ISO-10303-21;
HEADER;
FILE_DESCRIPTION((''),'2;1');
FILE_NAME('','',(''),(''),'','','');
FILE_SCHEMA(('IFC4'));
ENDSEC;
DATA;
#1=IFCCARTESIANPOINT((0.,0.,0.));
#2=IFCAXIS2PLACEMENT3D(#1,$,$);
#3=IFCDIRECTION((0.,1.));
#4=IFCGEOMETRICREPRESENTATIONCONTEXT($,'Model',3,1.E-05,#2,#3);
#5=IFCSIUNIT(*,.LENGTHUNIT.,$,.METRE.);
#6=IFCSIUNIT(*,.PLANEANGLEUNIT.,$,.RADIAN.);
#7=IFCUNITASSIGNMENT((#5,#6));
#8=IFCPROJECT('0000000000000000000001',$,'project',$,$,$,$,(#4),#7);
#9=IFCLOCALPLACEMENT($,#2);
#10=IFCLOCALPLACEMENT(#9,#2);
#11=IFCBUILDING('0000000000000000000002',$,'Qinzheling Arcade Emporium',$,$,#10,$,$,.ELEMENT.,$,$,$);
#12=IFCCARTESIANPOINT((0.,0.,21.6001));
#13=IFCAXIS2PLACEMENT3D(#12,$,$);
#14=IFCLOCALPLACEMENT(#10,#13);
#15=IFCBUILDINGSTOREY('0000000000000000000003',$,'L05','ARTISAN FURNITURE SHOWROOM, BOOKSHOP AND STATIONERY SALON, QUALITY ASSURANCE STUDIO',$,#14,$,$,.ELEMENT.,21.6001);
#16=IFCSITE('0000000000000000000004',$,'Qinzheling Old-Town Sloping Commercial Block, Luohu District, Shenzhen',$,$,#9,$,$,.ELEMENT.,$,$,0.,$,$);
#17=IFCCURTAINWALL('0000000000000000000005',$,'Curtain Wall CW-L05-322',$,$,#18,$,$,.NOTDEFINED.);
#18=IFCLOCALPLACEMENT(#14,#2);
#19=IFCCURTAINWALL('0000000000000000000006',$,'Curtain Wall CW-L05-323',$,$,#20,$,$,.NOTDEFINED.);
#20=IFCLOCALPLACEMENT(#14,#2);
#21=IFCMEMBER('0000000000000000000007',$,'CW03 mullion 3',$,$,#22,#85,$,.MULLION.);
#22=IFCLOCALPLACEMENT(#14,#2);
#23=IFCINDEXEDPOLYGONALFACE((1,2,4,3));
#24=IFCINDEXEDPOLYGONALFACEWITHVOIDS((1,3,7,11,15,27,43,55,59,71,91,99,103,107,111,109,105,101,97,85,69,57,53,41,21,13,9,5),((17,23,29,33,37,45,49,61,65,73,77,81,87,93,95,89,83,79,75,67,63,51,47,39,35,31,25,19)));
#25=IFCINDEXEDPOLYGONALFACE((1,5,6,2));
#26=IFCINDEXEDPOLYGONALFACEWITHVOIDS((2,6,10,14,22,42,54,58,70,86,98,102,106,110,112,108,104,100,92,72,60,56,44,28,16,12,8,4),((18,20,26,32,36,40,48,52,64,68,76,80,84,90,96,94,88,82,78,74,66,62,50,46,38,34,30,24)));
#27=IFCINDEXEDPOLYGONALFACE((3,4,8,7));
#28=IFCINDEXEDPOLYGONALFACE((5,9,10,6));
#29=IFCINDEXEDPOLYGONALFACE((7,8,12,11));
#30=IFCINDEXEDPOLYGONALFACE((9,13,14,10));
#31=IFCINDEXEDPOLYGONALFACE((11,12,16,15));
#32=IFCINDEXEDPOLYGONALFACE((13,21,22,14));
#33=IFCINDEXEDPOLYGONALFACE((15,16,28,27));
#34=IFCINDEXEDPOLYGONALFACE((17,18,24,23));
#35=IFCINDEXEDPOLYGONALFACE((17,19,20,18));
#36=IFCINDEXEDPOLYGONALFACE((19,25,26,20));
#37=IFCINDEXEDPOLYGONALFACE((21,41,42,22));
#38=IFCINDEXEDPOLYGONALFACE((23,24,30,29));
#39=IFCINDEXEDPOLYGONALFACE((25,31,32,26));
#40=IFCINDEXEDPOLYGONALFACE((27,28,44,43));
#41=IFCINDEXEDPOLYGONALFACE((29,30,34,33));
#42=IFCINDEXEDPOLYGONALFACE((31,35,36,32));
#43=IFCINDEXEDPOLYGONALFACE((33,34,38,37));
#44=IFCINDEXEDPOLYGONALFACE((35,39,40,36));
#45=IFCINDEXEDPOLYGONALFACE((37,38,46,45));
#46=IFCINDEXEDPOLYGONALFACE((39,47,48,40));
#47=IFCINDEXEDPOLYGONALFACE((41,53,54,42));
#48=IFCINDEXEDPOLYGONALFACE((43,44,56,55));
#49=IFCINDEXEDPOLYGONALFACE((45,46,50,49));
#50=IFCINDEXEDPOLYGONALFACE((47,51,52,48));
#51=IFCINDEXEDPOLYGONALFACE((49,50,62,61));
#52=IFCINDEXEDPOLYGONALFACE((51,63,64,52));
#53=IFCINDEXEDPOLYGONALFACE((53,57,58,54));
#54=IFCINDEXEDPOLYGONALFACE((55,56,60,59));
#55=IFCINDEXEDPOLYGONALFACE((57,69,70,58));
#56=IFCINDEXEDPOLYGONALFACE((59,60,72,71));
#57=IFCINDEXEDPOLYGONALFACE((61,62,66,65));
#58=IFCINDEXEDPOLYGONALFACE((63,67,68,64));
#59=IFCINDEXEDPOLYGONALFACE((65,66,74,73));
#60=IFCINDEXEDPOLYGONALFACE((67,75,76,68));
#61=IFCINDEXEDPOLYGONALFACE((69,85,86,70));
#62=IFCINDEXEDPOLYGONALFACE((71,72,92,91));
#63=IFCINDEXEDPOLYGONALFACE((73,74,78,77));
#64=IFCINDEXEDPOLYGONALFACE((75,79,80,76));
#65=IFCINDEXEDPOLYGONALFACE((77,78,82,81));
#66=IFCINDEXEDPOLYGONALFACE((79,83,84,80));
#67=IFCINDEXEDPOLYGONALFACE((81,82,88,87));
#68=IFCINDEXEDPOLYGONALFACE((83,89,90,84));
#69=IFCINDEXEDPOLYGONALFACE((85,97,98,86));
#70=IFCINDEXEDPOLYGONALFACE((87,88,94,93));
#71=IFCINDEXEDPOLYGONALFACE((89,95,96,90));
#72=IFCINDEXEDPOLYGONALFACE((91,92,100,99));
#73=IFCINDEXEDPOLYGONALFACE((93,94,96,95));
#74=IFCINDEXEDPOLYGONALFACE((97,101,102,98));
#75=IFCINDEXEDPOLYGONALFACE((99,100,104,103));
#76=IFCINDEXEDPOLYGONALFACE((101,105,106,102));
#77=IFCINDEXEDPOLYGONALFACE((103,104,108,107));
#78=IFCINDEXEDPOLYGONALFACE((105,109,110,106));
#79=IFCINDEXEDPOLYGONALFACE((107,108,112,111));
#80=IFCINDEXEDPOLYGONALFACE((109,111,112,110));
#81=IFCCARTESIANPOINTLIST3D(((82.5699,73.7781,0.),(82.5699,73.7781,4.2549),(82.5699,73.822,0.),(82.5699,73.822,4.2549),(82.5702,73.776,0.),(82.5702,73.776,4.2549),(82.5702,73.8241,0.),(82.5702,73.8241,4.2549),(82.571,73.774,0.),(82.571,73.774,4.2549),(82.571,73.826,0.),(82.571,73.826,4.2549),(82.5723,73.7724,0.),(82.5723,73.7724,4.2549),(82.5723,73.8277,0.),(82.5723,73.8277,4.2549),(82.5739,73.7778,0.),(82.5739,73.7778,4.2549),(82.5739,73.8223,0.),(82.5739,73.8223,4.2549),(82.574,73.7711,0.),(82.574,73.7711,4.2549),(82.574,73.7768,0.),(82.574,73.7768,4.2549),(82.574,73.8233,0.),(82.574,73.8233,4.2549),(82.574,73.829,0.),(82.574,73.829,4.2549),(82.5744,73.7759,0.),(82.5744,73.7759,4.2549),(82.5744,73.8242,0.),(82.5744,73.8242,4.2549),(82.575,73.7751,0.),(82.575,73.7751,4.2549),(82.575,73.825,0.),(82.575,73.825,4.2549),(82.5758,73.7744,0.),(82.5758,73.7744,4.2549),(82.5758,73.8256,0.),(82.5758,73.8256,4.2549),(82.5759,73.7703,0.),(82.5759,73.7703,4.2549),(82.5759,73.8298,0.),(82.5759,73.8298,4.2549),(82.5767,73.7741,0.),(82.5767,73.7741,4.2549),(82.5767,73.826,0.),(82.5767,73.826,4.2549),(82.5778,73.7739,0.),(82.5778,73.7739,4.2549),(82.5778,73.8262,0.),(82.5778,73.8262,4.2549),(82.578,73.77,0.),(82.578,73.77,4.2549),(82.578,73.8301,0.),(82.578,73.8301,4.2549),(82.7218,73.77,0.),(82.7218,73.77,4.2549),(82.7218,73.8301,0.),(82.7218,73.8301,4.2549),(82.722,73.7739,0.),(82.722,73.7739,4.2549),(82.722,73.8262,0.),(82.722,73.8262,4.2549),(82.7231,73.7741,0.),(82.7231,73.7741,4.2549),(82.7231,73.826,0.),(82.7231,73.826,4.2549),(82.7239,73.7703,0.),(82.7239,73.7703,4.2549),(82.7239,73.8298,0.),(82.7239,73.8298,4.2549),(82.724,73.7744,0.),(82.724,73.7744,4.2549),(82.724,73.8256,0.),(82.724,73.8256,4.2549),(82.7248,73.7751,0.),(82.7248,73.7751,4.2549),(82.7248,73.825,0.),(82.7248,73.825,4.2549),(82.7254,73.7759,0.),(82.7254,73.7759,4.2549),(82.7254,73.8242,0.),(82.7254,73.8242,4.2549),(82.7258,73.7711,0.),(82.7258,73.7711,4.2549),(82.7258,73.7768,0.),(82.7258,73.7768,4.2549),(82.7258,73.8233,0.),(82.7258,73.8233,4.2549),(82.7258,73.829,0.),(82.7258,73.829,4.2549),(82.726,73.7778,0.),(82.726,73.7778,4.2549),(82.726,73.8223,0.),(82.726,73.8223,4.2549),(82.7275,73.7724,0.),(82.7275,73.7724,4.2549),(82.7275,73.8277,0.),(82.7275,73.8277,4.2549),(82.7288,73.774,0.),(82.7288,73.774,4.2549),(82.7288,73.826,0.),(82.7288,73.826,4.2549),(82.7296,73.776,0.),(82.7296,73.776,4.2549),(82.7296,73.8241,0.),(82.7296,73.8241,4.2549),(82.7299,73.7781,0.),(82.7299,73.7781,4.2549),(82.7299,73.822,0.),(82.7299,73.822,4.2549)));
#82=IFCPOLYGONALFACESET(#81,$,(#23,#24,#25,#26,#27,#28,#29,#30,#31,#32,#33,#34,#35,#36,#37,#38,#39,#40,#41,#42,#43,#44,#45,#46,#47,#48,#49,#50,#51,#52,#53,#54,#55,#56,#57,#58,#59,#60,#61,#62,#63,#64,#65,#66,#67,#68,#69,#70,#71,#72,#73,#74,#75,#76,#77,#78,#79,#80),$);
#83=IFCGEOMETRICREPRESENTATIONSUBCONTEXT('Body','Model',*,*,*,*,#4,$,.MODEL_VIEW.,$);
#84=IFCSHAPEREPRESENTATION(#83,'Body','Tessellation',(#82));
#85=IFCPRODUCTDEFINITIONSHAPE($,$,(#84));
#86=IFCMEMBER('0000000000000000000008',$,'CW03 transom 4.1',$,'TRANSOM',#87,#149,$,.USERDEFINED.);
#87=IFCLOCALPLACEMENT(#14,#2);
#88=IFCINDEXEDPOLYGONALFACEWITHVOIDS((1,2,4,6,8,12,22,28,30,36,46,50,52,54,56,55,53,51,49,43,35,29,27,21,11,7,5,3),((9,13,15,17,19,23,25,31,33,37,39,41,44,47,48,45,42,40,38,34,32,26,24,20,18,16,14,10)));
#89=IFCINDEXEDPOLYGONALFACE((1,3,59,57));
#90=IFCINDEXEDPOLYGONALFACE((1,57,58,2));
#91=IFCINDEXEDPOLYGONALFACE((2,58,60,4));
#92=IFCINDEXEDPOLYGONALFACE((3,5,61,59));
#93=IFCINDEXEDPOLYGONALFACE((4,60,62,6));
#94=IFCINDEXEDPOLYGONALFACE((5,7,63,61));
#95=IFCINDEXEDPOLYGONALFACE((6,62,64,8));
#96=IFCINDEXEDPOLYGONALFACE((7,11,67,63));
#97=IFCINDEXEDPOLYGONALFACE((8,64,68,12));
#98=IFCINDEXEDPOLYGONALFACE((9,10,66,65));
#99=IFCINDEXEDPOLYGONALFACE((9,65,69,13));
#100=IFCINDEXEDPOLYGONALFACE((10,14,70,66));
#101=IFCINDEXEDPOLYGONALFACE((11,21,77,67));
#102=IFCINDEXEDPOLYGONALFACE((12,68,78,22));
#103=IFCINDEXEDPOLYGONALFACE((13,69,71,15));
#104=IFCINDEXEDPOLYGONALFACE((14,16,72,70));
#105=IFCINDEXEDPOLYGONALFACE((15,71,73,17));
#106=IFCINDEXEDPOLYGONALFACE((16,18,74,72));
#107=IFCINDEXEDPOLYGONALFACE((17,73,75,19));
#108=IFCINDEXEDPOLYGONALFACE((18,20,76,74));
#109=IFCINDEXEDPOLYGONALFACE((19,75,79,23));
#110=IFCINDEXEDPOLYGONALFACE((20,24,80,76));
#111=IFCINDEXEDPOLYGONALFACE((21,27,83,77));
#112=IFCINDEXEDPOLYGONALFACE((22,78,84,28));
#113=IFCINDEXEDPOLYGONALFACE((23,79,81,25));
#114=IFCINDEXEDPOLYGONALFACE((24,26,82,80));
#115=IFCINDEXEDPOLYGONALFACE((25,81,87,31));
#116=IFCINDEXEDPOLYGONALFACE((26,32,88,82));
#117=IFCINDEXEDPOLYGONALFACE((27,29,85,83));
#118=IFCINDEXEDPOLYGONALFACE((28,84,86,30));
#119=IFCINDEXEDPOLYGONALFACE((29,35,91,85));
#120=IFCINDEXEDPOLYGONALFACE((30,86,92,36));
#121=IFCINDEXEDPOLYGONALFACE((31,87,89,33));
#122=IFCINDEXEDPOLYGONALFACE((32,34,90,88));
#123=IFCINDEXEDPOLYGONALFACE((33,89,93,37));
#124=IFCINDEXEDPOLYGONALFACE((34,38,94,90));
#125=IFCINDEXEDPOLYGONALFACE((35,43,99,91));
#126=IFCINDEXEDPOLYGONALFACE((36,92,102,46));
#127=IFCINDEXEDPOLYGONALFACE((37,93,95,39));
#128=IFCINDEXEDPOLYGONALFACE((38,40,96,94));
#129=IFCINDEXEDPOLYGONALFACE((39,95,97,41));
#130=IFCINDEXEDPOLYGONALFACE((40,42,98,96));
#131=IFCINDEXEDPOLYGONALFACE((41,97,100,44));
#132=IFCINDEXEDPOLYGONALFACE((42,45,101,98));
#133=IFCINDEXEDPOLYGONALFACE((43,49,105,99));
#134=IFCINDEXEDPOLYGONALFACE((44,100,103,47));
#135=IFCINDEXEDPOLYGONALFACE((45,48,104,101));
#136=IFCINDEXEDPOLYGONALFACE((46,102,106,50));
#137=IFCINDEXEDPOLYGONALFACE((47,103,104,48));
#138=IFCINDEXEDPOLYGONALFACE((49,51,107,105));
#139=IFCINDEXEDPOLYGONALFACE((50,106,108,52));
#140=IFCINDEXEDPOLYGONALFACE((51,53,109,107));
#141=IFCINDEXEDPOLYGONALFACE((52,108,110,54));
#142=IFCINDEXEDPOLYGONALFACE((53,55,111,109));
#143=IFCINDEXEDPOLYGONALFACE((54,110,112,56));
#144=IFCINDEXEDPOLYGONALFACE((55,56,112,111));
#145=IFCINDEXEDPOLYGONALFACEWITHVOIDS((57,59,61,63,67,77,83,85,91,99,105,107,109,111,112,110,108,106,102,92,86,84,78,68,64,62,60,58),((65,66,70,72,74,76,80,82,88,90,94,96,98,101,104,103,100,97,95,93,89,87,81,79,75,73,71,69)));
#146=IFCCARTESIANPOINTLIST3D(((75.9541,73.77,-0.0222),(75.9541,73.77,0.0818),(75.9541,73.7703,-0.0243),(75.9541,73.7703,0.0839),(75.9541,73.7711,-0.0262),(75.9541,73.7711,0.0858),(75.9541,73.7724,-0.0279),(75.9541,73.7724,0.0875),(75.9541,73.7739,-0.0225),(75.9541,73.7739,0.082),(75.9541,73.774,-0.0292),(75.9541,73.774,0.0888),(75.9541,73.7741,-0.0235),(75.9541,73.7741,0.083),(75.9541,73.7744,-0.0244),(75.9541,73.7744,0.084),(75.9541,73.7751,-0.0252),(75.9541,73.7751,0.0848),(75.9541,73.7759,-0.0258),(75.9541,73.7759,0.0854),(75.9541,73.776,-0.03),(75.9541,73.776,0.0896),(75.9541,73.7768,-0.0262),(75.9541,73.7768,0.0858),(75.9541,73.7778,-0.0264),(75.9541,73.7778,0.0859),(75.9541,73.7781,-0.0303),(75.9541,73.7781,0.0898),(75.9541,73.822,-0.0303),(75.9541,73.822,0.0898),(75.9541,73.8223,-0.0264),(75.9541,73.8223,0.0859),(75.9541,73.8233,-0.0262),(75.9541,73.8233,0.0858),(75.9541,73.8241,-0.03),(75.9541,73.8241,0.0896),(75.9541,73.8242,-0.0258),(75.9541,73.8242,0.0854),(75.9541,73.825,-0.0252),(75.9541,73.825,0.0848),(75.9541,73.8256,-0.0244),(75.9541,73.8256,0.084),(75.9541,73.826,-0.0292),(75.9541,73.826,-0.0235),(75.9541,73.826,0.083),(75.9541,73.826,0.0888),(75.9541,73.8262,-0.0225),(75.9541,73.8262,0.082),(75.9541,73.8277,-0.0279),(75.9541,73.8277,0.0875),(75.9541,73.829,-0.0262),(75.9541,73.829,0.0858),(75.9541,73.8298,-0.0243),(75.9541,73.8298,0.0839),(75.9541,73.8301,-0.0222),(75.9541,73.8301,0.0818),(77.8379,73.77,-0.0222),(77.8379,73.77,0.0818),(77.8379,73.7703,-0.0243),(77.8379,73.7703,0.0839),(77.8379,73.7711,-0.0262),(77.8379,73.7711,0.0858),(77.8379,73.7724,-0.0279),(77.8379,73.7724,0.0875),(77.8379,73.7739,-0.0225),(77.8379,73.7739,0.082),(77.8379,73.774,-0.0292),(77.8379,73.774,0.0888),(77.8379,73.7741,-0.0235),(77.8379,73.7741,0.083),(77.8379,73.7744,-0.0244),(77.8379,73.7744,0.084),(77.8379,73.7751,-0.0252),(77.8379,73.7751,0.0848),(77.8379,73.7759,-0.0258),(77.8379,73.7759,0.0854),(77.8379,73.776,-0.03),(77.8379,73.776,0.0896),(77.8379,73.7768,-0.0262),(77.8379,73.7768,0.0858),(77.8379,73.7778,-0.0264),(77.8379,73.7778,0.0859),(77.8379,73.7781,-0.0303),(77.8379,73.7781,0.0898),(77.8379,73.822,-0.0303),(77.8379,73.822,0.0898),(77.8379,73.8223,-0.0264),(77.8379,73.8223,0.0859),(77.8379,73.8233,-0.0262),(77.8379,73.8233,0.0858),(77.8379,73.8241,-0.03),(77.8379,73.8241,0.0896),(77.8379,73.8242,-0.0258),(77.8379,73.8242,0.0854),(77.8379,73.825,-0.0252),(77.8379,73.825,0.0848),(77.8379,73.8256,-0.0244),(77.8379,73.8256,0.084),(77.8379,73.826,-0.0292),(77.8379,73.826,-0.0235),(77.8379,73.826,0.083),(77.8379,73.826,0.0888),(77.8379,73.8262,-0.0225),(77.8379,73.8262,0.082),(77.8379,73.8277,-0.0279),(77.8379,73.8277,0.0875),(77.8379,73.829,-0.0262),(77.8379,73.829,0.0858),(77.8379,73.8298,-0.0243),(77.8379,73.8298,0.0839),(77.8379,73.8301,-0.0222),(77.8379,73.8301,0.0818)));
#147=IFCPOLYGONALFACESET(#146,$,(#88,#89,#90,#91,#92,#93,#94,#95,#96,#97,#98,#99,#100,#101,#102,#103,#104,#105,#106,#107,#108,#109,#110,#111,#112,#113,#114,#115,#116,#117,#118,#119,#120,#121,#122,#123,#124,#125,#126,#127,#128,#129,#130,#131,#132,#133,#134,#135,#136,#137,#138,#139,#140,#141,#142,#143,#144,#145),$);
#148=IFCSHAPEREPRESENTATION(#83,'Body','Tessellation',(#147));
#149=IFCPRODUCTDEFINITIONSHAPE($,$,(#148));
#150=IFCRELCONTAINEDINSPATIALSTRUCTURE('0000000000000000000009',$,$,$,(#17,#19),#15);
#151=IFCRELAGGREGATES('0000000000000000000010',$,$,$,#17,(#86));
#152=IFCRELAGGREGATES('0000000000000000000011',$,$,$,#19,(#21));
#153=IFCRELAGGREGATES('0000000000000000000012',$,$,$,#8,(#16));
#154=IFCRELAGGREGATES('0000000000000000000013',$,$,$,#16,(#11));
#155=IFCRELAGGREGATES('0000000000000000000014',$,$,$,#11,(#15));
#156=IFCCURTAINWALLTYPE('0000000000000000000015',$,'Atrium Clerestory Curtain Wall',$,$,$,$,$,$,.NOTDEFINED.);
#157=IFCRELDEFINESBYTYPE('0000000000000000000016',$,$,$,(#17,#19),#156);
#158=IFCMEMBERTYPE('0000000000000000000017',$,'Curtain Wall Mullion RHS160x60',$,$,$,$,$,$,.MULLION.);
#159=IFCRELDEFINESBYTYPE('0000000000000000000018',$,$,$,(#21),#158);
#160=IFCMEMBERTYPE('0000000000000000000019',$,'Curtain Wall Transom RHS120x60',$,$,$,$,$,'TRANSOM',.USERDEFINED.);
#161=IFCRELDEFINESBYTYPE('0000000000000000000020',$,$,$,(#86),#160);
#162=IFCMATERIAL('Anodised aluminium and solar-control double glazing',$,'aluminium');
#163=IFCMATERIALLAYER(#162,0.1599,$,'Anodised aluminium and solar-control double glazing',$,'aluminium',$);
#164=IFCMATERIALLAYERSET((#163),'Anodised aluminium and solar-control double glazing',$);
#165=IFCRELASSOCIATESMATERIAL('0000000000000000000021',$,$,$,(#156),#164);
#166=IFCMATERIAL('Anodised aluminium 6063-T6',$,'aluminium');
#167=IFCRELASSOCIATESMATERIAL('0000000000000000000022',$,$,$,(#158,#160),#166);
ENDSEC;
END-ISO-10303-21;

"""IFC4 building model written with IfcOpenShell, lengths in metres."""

from ifc_helpers import new_model, si_unit, direction, frame, origin, origin_2d, place, context, subcontext, project, spatial, hollow_rectangle, extrude, material, layer, layer_set, material_profile, profile_set, type_object, element, aggregate, save


model = new_model("IFC4")

# Units and contexts
model_context = context("Model", 3, precision=1e-05, world=origin(), true_north=direction((0.0, 1.0)))
body_context = subcontext(model_context, "Body", "Model", "MODEL_VIEW")
ifc_project = project(units=[si_unit("LENGTHUNIT", "METRE"), si_unit("PLANEANGLEUNIT", "RADIAN")], contexts=[model_context])

# Site, building, storey
site_placement = place(None, origin())
site = spatial("IfcSite", under=ifc_project, at=site_placement, Name="Qinzheling Old-Town Sloping Commercial Block, Luohu District, Shenzhen", CompositionType="ELEMENT", RefElevation=0.0)
building_placement = place(site_placement, origin())
building = spatial("IfcBuilding", under=site, at=building_placement, Name="Qinzheling Arcade Emporium", CompositionType="ELEMENT")
storey_placement = place(building_placement, frame((0.0, 0.0, 21.6001)))
storey = spatial("IfcBuildingStorey", under=building, at=storey_placement, Name="L05", Description="ARTISAN FURNITURE SHOWROOM, BOOKSHOP AND STATIONERY SALON, QUALITY ASSURANCE STUDIO", CompositionType="ELEMENT", Elevation=21.6001)

# Curtain walls, member
ifc_material_1 = material(Name="Anodised aluminium and solar-control double glazing", Category="aluminium")
ifc_layer_1 = layer(ifc_material_1, 0.1599, Name="Anodised aluminium and solar-control double glazing", Category="aluminium")
ifc_layer_set_1 = layer_set([ifc_layer_1], Name="Anodised aluminium and solar-control double glazing")
curtain_wall_type = type_object("IfcCurtainWallType", Name="Atrium Clerestory Curtain Wall", PredefinedType="NOTDEFINED", material=ifc_layer_set_1)
curtain_wall_1_placement = place(storey_placement, origin())
curtain_wall_1 = element("IfcCurtainWall", 1, at=curtain_wall_1_placement, inside=storey, type_object=curtain_wall_type, Name="Curtain Wall CW-L05-322", PredefinedType="NOTDEFINED")
ifc_material_2 = material(Name="Anodised aluminium 6063-T6", Category="aluminium")
ifc_material_profile_1 = material_profile(ifc_material_2, hollow_rectangle(XDim=0.0601, YDim=0.1599, WallThickness=0.0039, InnerFilletRadius=0.0039, OuterFilletRadius=0.0081, at=origin_2d()), Name="RHS 160x60x4", Category="aluminium")
ifc_profile_set_1 = profile_set([ifc_material_profile_1], Name="Anodised aluminium 6063-T6")
member_type_1 = type_object("IfcMemberType", Name="Curtain Wall Mullion RHS160x60", PredefinedType="MULLION", material=ifc_profile_set_1)
curtain_wall_2_placement = place(storey_placement, origin())
curtain_wall_2 = element("IfcCurtainWall", 2, at=curtain_wall_2_placement, inside=storey, type_object=curtain_wall_type, Name="Curtain Wall CW-L05-323", PredefinedType="NOTDEFINED")
member_1_placement = place(storey_placement, frame((82.6499, 73.8, 0.0), z_axis=(0.0, 0.0, 1.0), x_axis=(0.0, 1.0, 0.0)))
member_1 = element("IfcMember", 3, at=member_1_placement, type_object=member_type_1, Name="CW03 mullion 3", PredefinedType="MULLION", context=body_context, shape_type="SweptSolid", body=[
    extrude(hollow_rectangle(XDim=0.0601, YDim=0.1599, WallThickness=0.0039, InnerFilletRadius=0.0039, OuterFilletRadius=0.0081, at=origin_2d()), origin(), (0.0, 0.0, 1.0), 4.2549),
])

# Member
ifc_material_profile_2 = material_profile(ifc_material_2, hollow_rectangle(XDim=0.0601, YDim=0.1201, WallThickness=0.0039, InnerFilletRadius=0.0039, OuterFilletRadius=0.0081, at=origin_2d()), Name="RHS 120x60x4", Category="aluminium")
ifc_profile_set_2 = profile_set([ifc_material_profile_2], Name="Anodised aluminium 6063-T6")
member_type_2 = type_object("IfcMemberType", Name="Curtain Wall Transom RHS120x60", ElementType="TRANSOM", PredefinedType="USERDEFINED", material=ifc_profile_set_2)
member_2_placement = place(storey_placement, frame((75.9541, 73.8, 0.0298), z_axis=(1.0, 0.0, 0.0), x_axis=(0.0, 1.0, 0.0)))
member_2 = element("IfcMember", 4, at=member_2_placement, type_object=member_type_2, Name="CW03 transom 4.1", ObjectType="TRANSOM", PredefinedType="USERDEFINED", context=body_context, shape_type="SweptSolid", body=[
    extrude(hollow_rectangle(XDim=0.0601, YDim=0.1201, WallThickness=0.0039, InnerFilletRadius=0.0039, OuterFilletRadius=0.0081, at=origin_2d()), origin(), (0.0, 0.0, 1.0), 1.8838),
])

aggregate(curtain_wall_1, [member_2])
aggregate(curtain_wall_2, [member_1])

save(model, "model.ifc")
